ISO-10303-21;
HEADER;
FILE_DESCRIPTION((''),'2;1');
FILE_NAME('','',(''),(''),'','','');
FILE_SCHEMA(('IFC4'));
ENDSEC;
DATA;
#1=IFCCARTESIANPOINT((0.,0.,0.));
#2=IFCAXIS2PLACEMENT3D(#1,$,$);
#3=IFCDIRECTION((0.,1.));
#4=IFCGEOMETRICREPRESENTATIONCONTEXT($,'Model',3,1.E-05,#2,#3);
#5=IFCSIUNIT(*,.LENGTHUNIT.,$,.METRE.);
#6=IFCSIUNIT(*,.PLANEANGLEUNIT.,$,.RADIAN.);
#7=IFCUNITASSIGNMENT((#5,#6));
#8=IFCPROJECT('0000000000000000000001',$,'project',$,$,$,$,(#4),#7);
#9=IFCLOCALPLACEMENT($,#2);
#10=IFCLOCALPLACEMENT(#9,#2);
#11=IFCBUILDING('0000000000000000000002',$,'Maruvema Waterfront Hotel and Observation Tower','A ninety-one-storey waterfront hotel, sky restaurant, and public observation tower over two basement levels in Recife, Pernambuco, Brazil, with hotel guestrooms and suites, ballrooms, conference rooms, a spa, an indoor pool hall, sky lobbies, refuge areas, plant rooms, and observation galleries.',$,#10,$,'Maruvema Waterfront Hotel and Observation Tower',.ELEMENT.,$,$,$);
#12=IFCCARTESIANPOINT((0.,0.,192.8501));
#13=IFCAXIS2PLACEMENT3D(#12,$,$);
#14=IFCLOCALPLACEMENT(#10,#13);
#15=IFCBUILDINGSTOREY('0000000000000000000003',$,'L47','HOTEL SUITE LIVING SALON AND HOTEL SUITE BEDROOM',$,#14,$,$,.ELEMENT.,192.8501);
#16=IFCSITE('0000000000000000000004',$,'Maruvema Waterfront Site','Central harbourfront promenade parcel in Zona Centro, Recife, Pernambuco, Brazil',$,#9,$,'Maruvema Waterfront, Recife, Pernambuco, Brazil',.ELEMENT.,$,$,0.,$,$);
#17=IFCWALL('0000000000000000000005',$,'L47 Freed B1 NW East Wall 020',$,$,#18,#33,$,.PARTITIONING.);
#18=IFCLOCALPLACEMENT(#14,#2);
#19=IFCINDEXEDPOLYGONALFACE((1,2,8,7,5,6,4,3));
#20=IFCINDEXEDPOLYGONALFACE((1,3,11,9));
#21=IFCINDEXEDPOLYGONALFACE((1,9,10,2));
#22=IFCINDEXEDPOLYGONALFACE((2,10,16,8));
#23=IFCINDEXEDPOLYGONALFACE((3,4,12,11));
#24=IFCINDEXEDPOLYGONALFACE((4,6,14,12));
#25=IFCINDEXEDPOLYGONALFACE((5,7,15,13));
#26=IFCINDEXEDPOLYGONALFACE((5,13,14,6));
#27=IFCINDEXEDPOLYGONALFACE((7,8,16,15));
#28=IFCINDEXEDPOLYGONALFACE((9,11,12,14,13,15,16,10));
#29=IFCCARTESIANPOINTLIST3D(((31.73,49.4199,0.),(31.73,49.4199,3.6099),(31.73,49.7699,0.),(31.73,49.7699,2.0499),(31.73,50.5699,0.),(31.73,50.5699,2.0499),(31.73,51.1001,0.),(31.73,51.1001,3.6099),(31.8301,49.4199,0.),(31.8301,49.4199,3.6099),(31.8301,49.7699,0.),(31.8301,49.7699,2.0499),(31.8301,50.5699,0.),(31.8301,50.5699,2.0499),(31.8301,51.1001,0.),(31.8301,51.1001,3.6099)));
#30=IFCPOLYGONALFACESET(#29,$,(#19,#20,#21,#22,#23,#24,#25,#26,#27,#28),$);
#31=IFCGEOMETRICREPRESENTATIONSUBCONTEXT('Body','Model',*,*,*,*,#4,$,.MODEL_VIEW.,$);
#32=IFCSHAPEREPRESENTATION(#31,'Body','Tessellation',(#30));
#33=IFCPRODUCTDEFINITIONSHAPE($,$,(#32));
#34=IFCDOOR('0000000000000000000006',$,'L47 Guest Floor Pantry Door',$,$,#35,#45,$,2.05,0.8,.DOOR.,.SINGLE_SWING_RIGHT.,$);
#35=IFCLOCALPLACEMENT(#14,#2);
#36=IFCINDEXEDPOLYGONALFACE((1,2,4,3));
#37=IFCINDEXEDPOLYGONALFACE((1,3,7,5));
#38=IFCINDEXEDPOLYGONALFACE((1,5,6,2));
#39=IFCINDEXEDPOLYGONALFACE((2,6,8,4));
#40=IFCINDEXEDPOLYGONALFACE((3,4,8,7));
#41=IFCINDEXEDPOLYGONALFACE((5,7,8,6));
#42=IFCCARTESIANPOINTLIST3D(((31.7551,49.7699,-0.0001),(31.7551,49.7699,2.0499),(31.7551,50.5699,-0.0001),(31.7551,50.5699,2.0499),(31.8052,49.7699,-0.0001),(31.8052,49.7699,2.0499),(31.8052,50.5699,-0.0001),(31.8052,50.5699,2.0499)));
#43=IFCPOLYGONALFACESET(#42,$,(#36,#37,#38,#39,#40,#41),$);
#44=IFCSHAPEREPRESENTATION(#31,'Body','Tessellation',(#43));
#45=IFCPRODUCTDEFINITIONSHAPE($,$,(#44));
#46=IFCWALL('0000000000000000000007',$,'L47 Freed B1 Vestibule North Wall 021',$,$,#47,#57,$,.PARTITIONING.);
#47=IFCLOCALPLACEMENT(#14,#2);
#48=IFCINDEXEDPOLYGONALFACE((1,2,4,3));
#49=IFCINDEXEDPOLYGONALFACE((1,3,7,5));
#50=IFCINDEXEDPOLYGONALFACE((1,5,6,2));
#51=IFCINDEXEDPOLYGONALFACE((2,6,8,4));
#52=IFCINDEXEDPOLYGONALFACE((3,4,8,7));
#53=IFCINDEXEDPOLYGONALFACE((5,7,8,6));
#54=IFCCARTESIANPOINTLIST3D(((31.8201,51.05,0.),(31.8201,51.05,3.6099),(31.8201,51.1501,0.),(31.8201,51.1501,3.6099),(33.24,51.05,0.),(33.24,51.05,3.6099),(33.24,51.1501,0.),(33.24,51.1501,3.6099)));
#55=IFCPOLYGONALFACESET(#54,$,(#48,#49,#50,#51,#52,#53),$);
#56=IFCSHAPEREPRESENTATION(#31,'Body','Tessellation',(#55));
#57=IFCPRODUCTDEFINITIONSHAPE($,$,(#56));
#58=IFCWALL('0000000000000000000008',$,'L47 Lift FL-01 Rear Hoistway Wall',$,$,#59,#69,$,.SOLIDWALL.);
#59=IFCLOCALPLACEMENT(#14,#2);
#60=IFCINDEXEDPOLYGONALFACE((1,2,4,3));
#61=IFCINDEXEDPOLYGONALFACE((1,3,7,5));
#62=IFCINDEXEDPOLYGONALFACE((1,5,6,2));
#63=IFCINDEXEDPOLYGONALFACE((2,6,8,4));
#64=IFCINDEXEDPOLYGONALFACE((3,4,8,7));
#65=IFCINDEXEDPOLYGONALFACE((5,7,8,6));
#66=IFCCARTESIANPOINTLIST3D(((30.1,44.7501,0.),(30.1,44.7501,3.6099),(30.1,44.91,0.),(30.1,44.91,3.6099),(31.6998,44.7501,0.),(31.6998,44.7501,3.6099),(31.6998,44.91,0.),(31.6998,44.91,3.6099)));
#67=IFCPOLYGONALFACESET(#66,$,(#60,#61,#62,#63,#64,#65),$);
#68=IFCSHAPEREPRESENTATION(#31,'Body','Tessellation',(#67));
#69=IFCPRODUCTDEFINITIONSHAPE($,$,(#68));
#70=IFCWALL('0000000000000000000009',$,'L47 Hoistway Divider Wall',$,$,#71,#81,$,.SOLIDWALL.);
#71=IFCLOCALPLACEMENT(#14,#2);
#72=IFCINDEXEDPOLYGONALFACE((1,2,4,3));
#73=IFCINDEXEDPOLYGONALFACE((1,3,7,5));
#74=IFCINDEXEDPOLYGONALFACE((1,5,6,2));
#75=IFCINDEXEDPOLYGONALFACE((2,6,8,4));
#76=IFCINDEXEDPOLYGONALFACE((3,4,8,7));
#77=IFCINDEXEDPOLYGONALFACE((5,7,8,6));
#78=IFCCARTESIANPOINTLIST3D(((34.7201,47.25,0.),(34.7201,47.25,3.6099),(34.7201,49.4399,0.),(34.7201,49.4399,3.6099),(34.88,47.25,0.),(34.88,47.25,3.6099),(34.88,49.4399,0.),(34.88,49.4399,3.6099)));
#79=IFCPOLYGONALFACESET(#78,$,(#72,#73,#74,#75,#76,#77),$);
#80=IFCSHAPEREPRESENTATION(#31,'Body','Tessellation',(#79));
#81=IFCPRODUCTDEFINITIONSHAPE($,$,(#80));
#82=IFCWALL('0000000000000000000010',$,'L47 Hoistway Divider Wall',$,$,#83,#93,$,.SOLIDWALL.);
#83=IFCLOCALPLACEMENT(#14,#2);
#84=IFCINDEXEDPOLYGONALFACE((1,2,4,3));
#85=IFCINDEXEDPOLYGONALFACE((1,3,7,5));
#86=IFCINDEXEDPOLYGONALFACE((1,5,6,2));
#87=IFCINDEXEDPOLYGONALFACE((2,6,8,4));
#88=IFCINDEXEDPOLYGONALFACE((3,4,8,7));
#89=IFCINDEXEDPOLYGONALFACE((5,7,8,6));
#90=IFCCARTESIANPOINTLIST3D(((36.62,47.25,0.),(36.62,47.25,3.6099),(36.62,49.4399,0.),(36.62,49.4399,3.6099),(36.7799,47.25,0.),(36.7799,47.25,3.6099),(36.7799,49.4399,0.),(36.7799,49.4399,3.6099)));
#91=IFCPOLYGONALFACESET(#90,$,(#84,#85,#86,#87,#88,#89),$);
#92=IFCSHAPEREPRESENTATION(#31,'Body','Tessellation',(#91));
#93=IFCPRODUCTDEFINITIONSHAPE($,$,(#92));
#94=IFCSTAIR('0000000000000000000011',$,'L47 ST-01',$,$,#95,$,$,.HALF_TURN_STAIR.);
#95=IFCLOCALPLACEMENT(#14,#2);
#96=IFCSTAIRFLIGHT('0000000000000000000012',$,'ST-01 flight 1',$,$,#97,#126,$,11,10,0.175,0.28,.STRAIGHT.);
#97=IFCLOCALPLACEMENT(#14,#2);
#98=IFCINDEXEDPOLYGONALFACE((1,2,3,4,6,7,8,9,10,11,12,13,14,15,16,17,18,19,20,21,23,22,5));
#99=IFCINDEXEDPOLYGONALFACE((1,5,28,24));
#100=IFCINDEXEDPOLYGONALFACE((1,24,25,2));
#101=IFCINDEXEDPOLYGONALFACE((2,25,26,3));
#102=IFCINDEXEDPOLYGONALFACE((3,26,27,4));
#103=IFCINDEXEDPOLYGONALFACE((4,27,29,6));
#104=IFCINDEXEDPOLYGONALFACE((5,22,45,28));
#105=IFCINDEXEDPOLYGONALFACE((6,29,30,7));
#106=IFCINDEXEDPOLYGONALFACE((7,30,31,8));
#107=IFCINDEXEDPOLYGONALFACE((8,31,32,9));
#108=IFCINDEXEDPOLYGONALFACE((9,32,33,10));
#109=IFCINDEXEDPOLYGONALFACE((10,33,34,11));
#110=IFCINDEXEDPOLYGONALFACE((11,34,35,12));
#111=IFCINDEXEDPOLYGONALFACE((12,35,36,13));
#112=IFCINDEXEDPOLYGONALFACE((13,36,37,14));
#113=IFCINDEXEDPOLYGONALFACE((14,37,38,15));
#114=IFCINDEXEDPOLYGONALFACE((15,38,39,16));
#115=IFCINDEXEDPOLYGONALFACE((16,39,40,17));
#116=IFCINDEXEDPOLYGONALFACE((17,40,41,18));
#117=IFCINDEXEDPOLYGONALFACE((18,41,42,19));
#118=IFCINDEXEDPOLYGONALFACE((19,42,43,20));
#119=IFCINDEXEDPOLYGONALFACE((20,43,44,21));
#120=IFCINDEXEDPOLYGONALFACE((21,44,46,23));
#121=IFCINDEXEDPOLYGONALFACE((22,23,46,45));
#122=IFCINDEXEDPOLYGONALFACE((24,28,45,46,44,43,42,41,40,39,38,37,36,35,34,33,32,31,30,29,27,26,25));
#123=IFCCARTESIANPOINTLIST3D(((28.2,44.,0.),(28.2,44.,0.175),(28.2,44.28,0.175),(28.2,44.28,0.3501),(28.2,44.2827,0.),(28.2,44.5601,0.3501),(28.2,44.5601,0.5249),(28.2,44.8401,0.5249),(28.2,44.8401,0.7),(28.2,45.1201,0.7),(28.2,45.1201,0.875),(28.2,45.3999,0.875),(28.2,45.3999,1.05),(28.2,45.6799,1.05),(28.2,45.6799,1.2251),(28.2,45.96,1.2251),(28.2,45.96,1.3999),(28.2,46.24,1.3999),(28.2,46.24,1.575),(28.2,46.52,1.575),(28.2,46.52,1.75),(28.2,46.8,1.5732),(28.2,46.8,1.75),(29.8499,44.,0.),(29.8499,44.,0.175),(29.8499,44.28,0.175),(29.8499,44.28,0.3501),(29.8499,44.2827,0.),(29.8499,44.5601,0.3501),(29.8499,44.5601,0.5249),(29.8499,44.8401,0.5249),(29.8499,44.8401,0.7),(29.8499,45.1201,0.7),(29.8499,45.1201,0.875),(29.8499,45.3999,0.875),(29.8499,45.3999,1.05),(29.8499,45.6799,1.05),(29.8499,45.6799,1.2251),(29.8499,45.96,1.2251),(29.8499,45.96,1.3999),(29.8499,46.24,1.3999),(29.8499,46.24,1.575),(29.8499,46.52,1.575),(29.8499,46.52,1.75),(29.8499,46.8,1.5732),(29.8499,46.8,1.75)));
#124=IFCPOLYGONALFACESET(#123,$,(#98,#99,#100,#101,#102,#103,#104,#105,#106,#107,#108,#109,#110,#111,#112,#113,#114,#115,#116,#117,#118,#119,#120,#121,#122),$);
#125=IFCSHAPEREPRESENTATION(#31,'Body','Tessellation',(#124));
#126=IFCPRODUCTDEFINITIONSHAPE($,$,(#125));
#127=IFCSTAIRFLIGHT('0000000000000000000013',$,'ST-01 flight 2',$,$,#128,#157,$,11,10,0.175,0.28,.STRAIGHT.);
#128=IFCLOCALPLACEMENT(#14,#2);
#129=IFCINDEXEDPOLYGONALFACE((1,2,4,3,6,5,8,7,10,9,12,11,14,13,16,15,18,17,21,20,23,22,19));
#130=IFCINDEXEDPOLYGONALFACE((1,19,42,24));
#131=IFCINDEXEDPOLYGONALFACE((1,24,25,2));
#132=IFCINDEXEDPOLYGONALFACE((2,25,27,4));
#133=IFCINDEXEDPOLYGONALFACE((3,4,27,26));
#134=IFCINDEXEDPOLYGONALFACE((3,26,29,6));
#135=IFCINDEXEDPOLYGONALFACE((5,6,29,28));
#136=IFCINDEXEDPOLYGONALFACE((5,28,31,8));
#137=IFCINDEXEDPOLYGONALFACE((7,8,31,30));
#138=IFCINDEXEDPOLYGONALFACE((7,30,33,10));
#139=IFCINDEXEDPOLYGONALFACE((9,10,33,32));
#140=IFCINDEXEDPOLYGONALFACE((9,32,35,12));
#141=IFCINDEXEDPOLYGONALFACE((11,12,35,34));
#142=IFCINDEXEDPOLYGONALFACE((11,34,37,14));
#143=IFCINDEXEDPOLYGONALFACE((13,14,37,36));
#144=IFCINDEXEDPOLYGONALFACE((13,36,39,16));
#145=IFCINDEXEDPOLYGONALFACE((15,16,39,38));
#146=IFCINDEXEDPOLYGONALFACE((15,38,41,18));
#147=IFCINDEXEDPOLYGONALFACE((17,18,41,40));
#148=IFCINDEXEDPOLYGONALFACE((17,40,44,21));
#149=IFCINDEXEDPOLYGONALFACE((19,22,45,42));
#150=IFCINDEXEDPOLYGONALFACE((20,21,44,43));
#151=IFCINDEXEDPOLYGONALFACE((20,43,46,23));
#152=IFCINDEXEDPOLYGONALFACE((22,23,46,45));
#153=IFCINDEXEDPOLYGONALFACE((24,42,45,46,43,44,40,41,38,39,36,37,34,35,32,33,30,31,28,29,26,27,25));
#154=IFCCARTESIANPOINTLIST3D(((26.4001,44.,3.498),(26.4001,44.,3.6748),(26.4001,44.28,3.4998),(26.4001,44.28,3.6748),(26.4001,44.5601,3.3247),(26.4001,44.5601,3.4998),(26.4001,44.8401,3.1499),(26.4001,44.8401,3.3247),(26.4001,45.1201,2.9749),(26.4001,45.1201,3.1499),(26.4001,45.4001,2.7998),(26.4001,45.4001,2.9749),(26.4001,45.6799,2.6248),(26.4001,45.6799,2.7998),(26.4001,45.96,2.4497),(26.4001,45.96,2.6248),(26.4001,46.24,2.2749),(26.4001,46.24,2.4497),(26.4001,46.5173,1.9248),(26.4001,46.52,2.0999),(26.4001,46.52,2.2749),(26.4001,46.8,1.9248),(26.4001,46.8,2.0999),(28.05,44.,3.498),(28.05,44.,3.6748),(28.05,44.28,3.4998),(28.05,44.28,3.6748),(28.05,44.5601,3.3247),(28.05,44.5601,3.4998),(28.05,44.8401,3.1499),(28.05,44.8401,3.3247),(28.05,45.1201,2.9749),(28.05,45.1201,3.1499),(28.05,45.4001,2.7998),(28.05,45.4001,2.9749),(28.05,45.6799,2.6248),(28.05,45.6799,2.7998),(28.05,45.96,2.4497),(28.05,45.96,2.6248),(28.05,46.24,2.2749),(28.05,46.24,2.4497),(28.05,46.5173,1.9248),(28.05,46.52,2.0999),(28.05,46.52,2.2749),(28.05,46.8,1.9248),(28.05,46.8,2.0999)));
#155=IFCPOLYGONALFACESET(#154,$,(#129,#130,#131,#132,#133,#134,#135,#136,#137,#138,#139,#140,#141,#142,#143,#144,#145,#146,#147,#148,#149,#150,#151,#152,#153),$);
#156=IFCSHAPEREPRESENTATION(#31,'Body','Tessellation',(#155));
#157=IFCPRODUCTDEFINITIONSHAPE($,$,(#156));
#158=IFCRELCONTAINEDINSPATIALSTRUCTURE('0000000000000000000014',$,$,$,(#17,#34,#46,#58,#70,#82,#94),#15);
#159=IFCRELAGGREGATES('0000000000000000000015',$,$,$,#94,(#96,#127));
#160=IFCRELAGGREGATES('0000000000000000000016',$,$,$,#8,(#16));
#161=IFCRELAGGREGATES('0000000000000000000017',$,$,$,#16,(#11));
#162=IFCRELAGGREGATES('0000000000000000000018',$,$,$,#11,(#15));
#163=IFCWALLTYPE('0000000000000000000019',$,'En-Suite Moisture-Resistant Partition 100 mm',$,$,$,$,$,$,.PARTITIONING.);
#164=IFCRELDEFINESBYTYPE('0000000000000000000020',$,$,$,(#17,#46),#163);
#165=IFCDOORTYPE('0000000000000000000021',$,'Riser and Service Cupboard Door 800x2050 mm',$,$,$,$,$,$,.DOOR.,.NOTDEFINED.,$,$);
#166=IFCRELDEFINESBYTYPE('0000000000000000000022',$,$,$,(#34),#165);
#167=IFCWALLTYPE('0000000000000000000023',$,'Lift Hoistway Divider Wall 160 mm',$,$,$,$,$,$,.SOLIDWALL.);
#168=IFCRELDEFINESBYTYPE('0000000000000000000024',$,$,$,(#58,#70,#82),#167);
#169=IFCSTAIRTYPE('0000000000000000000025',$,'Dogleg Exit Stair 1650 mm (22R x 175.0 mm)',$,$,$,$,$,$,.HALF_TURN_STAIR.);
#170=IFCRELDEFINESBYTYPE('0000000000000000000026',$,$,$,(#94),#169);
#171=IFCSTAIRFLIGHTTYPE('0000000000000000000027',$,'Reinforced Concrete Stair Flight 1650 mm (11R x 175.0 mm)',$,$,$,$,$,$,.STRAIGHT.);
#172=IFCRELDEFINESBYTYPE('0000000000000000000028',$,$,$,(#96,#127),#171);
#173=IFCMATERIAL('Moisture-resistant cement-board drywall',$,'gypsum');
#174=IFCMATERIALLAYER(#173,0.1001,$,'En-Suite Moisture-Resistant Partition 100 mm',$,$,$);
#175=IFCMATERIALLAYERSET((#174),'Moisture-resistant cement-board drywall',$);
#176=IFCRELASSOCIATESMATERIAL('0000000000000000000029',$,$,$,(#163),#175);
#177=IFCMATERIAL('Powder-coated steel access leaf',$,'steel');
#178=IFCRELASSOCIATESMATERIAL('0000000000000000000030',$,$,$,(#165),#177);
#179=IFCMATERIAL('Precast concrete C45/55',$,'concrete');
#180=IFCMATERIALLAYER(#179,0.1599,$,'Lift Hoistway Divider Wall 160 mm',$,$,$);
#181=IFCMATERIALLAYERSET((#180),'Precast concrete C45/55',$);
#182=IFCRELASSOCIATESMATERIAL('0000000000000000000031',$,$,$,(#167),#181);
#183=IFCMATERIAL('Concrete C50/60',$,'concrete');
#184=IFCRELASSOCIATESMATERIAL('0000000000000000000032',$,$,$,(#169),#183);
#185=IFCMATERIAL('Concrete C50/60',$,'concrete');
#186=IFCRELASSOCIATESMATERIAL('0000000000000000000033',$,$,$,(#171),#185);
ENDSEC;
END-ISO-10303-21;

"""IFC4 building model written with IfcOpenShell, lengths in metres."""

from ifc_helpers import new_model, si_unit, direction, frame, frame_2d, origin, place, context, subcontext, project, spatial, polyline, rectangle, outline, extrude, material, layer, layer_set, type_object, element, fill, aggregate, save


model = new_model("IFC4")

# Units and contexts
model_context = context("Model", 3, precision=1e-05, world=origin(), true_north=direction((0.0, 1.0)))
body_context = subcontext(model_context, "Body", "Model", "MODEL_VIEW")
ifc_project = project(units=[si_unit("LENGTHUNIT", "METRE"), si_unit("PLANEANGLEUNIT", "RADIAN")], contexts=[model_context])

# Site, building, storey
site_placement = place(None, origin())
site = spatial("IfcSite", under=ifc_project, at=site_placement, Name="Maruvema Waterfront Site", Description="Central harbourfront promenade parcel in Zona Centro, Recife, Pernambuco, Brazil", LongName="Maruvema Waterfront, Recife, Pernambuco, Brazil", CompositionType="ELEMENT", RefElevation=0.0)
building_placement = place(site_placement, origin())
building = spatial("IfcBuilding", under=site, at=building_placement, Name="Maruvema Waterfront Hotel and Observation Tower", Description="A ninety-one-storey waterfront hotel, sky restaurant, and public observation tower over two basement levels in Recife, Pernambuco, Brazil, with hotel guestrooms and suites, ballrooms, conference rooms, a spa, an indoor pool hall, sky lobbies, refuge areas, plant rooms, and observation galleries.", LongName="Maruvema Waterfront Hotel and Observation Tower", CompositionType="ELEMENT")
storey_placement = place(building_placement, frame((0.0, 0.0, 192.8501)))
storey = spatial("IfcBuildingStorey", under=building, at=storey_placement, Name="L47", Description="HOTEL SUITE LIVING SALON AND HOTEL SUITE BEDROOM", CompositionType="ELEMENT", Elevation=192.8501)

# Shared definitions
ifc_material_1 = material(Name="Moisture-resistant cement-board drywall", Category="gypsum")
ifc_layer_1 = layer(ifc_material_1, 0.1001, Name="En-Suite Moisture-Resistant Partition 100 mm")
ifc_layer_set_1 = layer_set([ifc_layer_1], Name="Moisture-resistant cement-board drywall")
wall_type_1 = type_object("IfcWallType", Name="En-Suite Moisture-Resistant Partition 100 mm", PredefinedType="PARTITIONING", material=ifc_layer_set_1)

# Shared definitions
ifc_material_2 = material(Name="Powder-coated steel access leaf", Category="steel")
door_type_1 = type_object("IfcDoorType", Name="Riser and Service Cupboard Door 800x2050 mm", OperationType="NOTDEFINED", PredefinedType="DOOR", material=ifc_material_2)

# Wall, opening, door
wall_1_placement = place(storey_placement, frame((31.78, 49.4199, 0.0), z_axis=(0.0, 0.0, 1.0), x_axis=(0.0, 1.0, 0.0)))
wall_1 = element("IfcWall", 1, at=wall_1_placement, inside=storey, type_object=wall_type_1, Name="L47 Freed B1 NW East Wall 020", PredefinedType="PARTITIONING", context=body_context, shape_type="SweptSolid", body=[
    extrude(rectangle(XDim=1.6802, YDim=0.1001, at=frame_2d((0.8401, 0.0))), origin(), (0.0, 0.0, 1.0), 3.6099),
])
opening_1_placement = place(wall_1_placement, frame((0.3501, 0.0, 0.0)))
opening_1 = element("IfcOpeningElement", 2, at=opening_1_placement, cuts=wall_1, PredefinedType="OPENING", context=body_context, shape_type="SweptSolid", body=[
    extrude(rectangle(XDim=0.8, YDim=2.05, at=frame_2d((0.3999, 1.0249))), frame((0.0, 0.0601, 0.0), z_axis=(0.0, -1.0, 0.0), x_axis=(1.0, 0.0, 0.0)), (0.0, 0.0, 1.0), 0.1201),
])
door_1_placement = place(opening_1_placement, origin())
door_1 = element("IfcDoor", 3, at=door_1_placement, inside=storey, type_object=door_type_1, Name="L47 Guest Floor Pantry Door", OperationType="SINGLE_SWING_RIGHT", OverallHeight=2.05, OverallWidth=0.8, PredefinedType="DOOR", context=body_context, shape_type="SweptSolid", body=[
    extrude(rectangle(XDim=0.8, YDim=2.05, at=frame_2d((0.3999, 1.0249))), frame((0.0, 0.0249, 0.0), z_axis=(0.0, -1.0, 0.0), x_axis=(1.0, 0.0, 0.0)), (0.0, 0.0, 1.0), 0.05),
])
fill(opening_1, door_1)

# Walls
wall_2_placement = place(storey_placement, frame((31.8201, 51.1001, 0.0), z_axis=(0.0, 0.0, 1.0), x_axis=(1.0, 0.0, 0.0)))
element("IfcWall", 4, at=wall_2_placement, inside=storey, type_object=wall_type_1, Name="L47 Freed B1 Vestibule North Wall 021", PredefinedType="PARTITIONING", context=body_context, shape_type="SweptSolid", body=[
    extrude(rectangle(XDim=1.4199, YDim=0.1001, at=frame_2d((0.71, 0.0))), origin(), (0.0, 0.0, 1.0), 3.6099),
])
ifc_material_3 = material(Name="Precast concrete C45/55", Category="concrete")
ifc_layer_2 = layer(ifc_material_3, 0.1599, Name="Lift Hoistway Divider Wall 160 mm")
ifc_layer_set_2 = layer_set([ifc_layer_2], Name="Precast concrete C45/55")
wall_type_2 = type_object("IfcWallType", Name="Lift Hoistway Divider Wall 160 mm", PredefinedType="SOLIDWALL", material=ifc_layer_set_2)
wall_3_placement = place(storey_placement, frame((30.1001, 44.8301, 0.0), z_axis=(0.0, 0.0, 1.0), x_axis=(1.0, 0.0, 0.0)))
element("IfcWall", 5, at=wall_3_placement, inside=storey, type_object=wall_type_2, Name="L47 Lift FL-01 Rear Hoistway Wall", PredefinedType="SOLIDWALL", context=body_context, shape_type="SweptSolid", body=[
    extrude(rectangle(XDim=1.5999, YDim=0.1599, at=frame_2d((0.7998, 0.0))), origin(), (0.0, 0.0, 1.0), 3.6099),
])
for number, where, z_axis, x_axis, name in (
    (6, (34.8, 47.25, 0.0), (0.0, 0.0, 1.0), (0.0, 1.0, 0.0), "L47 Hoistway Divider Wall"),
    (7, (36.7, 47.25, 0.0), (0.0, 0.0, 1.0), (0.0, 1.0, 0.0), "L47 Hoistway Divider Wall"),
):
    element("IfcWall", number, at=place(storey_placement, frame(where, z_axis=z_axis, x_axis=x_axis)), inside=storey, type_object=wall_type_2, Name=name, PredefinedType="SOLIDWALL", context=body_context, shape_type="SweptSolid", body=[
        extrude(rectangle(XDim=2.1899, YDim=0.1599, at=frame_2d((1.095, 0.0))), origin(), (0.0, 0.0, 1.0), 3.6099),
    ])

# Stair, stair flights
ifc_material_4 = material(Name="Concrete C50/60", Category="concrete")
stair_type = type_object("IfcStairType", Name="Dogleg Exit Stair 1650 mm (22R x 175.0 mm)", PredefinedType="HALF_TURN_STAIR", material=ifc_material_4)
stair_1_placement = place(storey_placement, origin())
stair_1 = element("IfcStair", 8, at=stair_1_placement, inside=storey, type_object=stair_type, Name="L47 ST-01", PredefinedType="HALF_TURN_STAIR")
ifc_material_5 = material(Name="Concrete C50/60", Category="concrete")
stair_flight_type = type_object("IfcStairFlightType", Name="Reinforced Concrete Stair Flight 1650 mm (11R x 175.0 mm)", PredefinedType="STRAIGHT", material=ifc_material_5)
stair_flight_1_placement = place(storey_placement, frame((29.0249, 44.0, 0.0), z_axis=(0.0, 0.0, 1.0), x_axis=(0.0, 1.0, 0.0)))
stair_flight_1 = element("IfcStairFlight", 9, at=stair_flight_1_placement, type_object=stair_flight_type, Name="ST-01 flight 1", NumberOfRisers=11, NumberOfTreads=10, PredefinedType="STRAIGHT", RiserHeight=0.175, TreadLength=0.28, context=body_context, shape_type="SweptSolid", body=[
    extrude(outline(polyline([(0.0, 0.0), (0.0, 0.175), (0.28, 0.175), (0.28, 0.3501), (0.5601, 0.3501), (0.5601, 0.5249), (0.8401, 0.5249), (0.8401, 0.7), (1.1201, 0.7), (1.1201, 0.875), (1.3999, 0.875), (1.3999, 1.05), (1.6799, 1.05), (1.6799, 1.2251), (1.96, 1.2251), (1.96, 1.3999), (2.24, 1.3999), (2.24, 1.575), (2.52, 1.575), (2.52, 1.75), (2.8, 1.75), (2.8, 1.925), (2.8, 1.5732), (0.2827, 0.0), (0.0, 0.0)])), frame((0.0, 0.825, 0.0), z_axis=(0.0, -1.0, 0.0), x_axis=(1.0, 0.0, 0.0)), (0.0, 0.0, 1.0), 1.6499),
])
stair_flight_2_placement = place(storey_placement, frame((27.2251, 46.8, 1.9248), z_axis=(0.0, 0.0, 1.0), x_axis=(0.0, -1.0, 0.0)))
stair_flight_2 = element("IfcStairFlight", 10, at=stair_flight_2_placement, type_object=stair_flight_type, Name="ST-01 flight 2", NumberOfRisers=11, NumberOfTreads=10, PredefinedType="STRAIGHT", RiserHeight=0.175, TreadLength=0.28, context=body_context, shape_type="SweptSolid", body=[
    extrude(outline(polyline([(0.0, 0.0), (0.0, 0.175), (0.28, 0.175), (0.28, 0.3501), (0.5601, 0.3501), (0.5601, 0.5249), (0.8401, 0.5249), (0.8401, 0.7), (1.1201, 0.7), (1.1201, 0.875), (1.3999, 0.875), (1.3999, 1.05), (1.6799, 1.05), (1.6799, 1.2251), (1.96, 1.2251), (1.96, 1.3999), (2.24, 1.3999), (2.24, 1.575), (2.52, 1.575), (2.52, 1.75), (2.8, 1.75), (2.8, 1.925), (2.8, 1.5732), (0.2827, 0.0), (0.0, 0.0)])), frame((0.0, 0.825, 0.0), z_axis=(0.0, -1.0, 0.0), x_axis=(1.0, 0.0, 0.0)), (0.0, 0.0, 1.0), 1.6499),
])
aggregate(stair_1, [stair_flight_1, stair_flight_2])

save(model, "model.ifc")
